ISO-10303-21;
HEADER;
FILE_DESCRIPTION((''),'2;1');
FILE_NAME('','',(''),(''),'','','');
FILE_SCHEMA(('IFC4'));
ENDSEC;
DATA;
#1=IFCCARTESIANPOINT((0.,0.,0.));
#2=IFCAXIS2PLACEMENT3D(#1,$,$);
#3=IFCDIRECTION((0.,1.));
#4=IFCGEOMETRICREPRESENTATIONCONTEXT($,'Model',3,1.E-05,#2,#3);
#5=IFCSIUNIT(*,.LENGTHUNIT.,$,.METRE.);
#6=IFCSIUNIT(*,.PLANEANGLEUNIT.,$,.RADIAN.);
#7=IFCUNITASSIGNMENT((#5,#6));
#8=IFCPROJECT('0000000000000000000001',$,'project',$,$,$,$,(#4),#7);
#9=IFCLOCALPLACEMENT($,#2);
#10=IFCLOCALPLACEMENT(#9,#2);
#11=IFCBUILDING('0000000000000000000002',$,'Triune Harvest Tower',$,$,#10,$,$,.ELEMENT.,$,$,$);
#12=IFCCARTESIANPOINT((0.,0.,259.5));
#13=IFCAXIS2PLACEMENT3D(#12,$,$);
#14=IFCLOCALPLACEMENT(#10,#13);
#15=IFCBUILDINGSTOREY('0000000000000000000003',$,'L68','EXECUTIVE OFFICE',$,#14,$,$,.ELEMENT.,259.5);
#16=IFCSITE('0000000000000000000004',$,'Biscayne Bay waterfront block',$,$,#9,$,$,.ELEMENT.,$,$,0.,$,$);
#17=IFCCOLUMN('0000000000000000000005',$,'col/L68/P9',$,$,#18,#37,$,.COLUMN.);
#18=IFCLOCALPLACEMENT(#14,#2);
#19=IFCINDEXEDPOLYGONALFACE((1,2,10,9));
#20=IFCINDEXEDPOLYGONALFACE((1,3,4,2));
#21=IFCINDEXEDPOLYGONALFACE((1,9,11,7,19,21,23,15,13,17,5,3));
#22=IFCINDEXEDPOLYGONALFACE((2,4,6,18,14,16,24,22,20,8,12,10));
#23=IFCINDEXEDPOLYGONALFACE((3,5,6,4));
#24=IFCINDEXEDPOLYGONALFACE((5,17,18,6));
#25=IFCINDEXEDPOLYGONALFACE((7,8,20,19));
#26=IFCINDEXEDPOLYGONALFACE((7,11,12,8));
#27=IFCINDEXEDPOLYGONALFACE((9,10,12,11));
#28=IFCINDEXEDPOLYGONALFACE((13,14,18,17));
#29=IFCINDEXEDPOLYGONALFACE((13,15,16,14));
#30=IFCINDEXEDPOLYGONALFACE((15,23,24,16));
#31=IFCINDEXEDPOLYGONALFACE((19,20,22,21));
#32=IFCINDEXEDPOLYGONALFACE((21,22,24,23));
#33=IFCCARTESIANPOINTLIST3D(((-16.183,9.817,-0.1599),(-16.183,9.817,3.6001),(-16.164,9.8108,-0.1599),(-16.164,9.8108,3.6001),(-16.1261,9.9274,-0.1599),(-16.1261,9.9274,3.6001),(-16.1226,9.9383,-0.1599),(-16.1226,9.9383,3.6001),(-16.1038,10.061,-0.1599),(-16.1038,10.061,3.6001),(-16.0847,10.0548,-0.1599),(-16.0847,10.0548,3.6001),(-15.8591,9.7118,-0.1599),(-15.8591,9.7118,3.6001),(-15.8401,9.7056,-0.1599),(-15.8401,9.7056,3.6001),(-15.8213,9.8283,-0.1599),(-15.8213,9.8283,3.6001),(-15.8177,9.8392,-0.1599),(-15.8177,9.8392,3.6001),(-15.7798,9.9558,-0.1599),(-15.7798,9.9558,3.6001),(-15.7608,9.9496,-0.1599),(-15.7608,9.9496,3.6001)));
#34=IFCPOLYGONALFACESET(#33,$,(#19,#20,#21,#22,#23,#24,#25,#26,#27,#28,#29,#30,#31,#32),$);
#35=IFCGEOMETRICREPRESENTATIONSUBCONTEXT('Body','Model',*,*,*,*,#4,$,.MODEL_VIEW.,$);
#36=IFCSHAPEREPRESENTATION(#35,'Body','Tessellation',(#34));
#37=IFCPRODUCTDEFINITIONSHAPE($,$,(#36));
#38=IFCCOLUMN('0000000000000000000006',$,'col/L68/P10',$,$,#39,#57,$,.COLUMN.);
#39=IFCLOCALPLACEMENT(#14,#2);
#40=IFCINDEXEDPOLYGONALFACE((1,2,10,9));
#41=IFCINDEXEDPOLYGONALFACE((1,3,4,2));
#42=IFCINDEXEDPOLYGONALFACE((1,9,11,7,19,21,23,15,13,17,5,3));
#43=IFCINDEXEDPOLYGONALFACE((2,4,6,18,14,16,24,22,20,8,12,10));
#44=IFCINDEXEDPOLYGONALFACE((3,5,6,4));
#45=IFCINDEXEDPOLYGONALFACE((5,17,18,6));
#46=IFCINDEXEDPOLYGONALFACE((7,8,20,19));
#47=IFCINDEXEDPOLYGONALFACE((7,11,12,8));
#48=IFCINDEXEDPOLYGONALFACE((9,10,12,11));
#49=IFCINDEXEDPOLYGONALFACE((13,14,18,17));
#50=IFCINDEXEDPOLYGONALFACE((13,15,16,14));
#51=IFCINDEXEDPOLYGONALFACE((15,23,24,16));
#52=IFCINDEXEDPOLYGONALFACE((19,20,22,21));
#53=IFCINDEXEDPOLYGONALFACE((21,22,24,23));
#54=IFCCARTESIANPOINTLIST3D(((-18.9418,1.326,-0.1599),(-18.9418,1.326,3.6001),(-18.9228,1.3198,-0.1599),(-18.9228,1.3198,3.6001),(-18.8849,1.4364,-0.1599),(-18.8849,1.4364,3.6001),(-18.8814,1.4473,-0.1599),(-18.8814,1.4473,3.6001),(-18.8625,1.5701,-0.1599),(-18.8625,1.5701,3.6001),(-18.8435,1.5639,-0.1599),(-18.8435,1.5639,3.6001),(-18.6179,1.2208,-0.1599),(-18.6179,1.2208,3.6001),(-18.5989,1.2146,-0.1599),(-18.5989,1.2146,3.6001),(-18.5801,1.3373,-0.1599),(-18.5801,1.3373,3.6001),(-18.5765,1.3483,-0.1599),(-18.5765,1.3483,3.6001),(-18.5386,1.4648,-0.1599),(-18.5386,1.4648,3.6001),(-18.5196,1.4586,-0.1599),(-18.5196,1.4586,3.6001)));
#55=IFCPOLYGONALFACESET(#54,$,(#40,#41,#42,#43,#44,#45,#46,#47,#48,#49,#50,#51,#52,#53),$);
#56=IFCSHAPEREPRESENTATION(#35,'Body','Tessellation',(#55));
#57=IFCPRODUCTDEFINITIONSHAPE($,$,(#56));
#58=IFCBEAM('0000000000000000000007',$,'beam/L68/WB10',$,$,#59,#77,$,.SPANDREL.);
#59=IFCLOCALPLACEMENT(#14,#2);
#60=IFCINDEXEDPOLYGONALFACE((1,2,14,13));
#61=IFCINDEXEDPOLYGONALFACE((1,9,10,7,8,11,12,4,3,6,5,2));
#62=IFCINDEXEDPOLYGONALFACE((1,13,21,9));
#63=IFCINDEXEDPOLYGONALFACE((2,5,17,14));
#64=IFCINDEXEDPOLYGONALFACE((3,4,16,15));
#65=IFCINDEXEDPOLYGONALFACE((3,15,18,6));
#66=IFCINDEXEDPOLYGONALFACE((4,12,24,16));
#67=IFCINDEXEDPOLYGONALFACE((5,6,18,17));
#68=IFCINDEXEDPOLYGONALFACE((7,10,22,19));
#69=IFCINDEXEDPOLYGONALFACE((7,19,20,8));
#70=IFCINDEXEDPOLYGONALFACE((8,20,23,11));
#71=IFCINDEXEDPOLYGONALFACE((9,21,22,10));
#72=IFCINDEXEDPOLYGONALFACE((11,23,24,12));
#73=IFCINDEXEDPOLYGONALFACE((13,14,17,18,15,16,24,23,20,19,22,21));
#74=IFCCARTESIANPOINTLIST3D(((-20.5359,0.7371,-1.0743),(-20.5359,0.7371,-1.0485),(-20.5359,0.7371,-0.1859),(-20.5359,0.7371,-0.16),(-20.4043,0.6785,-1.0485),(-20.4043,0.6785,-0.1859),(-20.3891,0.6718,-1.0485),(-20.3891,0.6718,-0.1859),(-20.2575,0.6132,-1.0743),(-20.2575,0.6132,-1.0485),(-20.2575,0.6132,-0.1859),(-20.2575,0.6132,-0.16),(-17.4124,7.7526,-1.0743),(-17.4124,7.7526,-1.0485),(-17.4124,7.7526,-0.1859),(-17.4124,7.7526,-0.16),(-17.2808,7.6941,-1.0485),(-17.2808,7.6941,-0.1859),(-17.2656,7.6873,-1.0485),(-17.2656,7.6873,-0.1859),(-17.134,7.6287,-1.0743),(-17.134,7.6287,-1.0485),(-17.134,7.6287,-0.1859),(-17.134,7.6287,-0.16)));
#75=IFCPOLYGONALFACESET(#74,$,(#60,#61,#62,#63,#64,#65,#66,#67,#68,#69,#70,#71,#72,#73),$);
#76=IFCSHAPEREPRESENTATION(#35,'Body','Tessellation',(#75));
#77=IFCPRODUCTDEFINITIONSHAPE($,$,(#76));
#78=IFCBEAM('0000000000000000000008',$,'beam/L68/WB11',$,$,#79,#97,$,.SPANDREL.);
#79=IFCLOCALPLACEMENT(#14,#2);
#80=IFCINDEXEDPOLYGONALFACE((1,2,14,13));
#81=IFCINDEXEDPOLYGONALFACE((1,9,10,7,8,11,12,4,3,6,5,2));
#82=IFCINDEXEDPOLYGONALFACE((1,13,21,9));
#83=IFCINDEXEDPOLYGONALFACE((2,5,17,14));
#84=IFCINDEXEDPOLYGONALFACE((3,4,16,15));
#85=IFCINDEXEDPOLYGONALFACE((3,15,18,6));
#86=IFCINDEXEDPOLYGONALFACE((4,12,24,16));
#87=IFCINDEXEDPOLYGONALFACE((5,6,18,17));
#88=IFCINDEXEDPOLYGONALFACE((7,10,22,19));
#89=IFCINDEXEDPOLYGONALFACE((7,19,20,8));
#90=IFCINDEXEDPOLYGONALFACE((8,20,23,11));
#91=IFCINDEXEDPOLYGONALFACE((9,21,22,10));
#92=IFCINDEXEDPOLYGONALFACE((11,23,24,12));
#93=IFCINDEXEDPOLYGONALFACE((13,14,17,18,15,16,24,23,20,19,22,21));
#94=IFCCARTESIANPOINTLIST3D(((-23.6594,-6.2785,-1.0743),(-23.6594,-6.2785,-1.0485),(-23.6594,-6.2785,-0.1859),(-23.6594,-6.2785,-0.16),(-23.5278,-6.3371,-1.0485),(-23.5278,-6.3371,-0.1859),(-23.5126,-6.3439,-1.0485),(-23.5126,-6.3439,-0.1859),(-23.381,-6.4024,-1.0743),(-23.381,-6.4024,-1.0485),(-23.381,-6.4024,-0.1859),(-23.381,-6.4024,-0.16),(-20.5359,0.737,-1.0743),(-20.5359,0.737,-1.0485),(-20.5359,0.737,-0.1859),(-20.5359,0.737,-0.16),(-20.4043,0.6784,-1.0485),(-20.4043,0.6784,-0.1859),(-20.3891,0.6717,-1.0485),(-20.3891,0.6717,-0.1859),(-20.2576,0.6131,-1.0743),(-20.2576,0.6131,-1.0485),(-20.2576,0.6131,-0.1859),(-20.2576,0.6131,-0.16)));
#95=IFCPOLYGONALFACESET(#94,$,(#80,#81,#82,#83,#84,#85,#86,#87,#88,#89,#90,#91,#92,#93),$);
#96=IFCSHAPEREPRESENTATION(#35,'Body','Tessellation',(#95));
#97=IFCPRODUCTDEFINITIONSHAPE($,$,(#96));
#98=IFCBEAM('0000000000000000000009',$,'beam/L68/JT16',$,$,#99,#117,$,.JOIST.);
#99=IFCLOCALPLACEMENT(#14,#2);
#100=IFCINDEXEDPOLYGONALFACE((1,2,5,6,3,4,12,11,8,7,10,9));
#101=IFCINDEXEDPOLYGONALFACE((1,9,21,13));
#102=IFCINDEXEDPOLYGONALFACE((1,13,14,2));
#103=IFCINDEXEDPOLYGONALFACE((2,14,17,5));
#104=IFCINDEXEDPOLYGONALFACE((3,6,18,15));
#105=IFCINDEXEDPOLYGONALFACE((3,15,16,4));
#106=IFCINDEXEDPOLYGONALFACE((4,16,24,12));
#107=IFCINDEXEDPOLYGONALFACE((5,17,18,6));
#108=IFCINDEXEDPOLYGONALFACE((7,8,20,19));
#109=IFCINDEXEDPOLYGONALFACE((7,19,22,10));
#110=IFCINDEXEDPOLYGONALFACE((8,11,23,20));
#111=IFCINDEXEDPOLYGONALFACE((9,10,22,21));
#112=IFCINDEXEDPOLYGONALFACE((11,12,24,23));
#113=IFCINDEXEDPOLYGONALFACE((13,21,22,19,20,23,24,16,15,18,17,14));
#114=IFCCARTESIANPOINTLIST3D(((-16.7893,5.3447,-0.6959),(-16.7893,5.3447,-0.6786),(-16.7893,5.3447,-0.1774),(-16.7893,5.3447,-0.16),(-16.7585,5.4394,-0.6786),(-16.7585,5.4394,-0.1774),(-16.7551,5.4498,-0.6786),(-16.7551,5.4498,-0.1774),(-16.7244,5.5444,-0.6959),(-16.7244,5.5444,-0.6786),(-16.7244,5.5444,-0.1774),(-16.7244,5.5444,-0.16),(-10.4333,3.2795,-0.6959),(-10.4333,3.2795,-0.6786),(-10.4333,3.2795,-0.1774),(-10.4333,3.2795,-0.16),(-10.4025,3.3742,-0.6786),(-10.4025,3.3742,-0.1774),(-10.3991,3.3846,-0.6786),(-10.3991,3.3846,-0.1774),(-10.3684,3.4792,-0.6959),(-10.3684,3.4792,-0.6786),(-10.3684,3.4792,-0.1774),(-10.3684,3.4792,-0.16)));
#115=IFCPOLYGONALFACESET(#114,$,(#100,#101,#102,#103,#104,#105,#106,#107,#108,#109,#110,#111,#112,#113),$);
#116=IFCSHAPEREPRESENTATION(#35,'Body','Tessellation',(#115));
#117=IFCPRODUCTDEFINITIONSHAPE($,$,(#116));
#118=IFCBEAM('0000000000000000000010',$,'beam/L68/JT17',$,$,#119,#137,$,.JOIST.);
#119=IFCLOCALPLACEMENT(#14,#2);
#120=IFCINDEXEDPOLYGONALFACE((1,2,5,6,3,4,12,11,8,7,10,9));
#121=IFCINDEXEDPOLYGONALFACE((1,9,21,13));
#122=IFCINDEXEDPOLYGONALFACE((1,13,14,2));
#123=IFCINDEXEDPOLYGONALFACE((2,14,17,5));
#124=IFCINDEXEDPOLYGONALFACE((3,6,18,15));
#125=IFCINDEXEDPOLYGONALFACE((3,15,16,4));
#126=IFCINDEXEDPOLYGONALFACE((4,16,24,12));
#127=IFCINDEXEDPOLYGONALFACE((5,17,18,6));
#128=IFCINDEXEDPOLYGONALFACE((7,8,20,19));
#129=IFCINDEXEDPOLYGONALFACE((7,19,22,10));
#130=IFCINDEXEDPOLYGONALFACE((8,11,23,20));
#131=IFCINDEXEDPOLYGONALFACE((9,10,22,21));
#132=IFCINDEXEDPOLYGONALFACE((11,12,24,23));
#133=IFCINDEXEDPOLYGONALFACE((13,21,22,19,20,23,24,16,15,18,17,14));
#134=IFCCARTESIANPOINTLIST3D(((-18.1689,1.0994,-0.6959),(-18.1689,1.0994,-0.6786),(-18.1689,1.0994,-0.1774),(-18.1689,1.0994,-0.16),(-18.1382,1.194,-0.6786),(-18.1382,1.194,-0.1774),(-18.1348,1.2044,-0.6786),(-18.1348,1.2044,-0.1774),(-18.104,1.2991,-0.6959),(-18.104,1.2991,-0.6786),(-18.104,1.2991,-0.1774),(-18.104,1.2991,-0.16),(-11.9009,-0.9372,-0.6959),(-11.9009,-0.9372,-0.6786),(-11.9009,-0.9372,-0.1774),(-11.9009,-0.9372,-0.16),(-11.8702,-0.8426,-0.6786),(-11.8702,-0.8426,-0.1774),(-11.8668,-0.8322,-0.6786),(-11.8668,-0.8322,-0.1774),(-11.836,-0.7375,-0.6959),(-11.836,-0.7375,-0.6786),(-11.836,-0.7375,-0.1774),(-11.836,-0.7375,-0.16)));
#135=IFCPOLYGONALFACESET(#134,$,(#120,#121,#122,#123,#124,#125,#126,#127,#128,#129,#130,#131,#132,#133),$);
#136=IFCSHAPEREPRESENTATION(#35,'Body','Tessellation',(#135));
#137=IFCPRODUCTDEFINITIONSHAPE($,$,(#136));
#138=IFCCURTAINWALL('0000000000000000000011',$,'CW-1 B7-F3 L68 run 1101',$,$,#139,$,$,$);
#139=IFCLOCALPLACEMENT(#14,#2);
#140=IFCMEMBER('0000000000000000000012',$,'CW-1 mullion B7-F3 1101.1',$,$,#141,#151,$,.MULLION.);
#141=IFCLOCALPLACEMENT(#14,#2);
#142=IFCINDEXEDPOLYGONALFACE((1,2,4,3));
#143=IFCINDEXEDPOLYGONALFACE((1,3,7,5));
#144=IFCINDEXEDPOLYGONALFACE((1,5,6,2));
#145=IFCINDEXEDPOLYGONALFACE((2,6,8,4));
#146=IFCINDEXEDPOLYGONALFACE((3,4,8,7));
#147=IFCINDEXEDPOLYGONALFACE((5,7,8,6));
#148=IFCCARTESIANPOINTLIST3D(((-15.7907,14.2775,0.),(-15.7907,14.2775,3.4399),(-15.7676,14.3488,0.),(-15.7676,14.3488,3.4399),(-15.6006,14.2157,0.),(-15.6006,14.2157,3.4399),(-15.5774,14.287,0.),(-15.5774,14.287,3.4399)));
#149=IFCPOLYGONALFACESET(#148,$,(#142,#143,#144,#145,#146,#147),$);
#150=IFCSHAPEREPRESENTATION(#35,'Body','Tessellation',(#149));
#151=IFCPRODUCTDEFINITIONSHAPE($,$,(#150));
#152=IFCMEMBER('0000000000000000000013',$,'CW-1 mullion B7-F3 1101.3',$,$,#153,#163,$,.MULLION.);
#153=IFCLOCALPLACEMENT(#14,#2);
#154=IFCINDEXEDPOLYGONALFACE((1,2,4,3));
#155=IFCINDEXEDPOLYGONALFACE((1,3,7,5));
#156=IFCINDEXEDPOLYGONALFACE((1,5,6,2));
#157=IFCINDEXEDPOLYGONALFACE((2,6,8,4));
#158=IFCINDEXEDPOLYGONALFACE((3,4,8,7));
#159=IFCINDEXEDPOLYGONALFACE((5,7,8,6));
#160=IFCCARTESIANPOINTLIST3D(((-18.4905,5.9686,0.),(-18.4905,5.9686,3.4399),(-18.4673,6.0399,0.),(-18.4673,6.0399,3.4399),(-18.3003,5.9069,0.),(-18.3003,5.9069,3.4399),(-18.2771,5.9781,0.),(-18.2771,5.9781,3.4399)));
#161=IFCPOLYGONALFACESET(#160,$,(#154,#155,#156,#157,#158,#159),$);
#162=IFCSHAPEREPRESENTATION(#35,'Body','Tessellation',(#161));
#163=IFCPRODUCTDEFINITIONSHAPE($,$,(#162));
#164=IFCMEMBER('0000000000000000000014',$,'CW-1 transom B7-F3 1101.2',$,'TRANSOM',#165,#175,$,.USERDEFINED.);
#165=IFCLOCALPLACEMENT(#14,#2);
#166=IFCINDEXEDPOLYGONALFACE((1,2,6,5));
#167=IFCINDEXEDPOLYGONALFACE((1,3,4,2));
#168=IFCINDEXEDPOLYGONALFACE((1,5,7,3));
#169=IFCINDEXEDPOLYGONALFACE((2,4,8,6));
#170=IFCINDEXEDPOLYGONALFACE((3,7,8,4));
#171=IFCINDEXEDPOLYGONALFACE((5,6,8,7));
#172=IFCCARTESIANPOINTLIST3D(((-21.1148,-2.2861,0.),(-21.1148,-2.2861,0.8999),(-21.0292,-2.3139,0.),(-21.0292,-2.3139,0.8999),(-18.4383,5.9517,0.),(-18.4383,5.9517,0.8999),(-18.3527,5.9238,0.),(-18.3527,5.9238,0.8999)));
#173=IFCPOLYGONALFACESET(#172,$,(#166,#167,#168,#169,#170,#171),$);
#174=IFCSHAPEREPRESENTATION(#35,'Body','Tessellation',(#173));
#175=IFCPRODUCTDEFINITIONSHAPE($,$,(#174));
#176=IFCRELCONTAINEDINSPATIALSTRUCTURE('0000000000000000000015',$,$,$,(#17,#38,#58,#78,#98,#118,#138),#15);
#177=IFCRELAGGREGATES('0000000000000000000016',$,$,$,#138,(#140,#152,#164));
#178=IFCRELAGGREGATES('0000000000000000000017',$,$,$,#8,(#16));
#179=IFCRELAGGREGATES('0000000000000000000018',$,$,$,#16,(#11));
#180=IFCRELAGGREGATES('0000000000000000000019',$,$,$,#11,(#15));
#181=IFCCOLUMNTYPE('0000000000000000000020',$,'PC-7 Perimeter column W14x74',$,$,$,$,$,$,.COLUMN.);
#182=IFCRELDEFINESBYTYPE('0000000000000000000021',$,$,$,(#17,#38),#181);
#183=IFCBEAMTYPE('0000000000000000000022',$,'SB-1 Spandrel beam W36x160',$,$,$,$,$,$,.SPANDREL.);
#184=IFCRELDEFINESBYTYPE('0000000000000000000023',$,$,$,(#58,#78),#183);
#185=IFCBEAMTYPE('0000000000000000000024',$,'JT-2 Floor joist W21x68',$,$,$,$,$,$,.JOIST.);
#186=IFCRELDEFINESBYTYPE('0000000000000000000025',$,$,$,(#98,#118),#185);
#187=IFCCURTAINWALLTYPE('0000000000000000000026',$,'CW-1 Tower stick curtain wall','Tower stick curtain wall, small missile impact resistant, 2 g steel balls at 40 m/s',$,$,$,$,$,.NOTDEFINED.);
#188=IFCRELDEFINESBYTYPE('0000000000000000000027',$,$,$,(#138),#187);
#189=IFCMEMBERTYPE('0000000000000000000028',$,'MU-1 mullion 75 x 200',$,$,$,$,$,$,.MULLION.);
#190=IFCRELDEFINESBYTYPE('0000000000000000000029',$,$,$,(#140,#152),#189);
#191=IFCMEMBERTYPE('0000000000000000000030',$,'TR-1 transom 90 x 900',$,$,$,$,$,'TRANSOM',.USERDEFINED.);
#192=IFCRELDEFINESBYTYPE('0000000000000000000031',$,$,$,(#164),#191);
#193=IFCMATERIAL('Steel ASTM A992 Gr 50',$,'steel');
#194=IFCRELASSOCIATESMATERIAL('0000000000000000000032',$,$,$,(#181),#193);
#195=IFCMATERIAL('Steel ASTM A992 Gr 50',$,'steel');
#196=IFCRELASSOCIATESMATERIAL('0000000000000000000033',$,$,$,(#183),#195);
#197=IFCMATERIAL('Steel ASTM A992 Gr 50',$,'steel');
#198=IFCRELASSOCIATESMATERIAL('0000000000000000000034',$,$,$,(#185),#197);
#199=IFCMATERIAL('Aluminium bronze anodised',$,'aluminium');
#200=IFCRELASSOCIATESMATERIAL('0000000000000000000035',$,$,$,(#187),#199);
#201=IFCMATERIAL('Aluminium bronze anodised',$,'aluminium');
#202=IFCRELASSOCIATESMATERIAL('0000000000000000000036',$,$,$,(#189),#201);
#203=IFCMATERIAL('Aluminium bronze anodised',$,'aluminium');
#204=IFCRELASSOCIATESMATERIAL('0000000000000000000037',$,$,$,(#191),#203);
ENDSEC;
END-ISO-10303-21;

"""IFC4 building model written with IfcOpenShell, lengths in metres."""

from ifc_helpers import new_model, si_unit, direction, frame, origin, origin_2d, place, context, subcontext, project, spatial, rectangle, i_section, extrude, source, transform, mapped, material, material_profile, profile_set, type_object, element, aggregate, save


model = new_model("IFC4")

# Units and contexts
model_context = context("Model", 3, precision=1e-05, world=origin(), true_north=direction((0.0, 1.0)))
body_context = subcontext(model_context, "Body", "Model", "MODEL_VIEW")
ifc_project = project(units=[si_unit("LENGTHUNIT", "METRE"), si_unit("PLANEANGLEUNIT", "RADIAN")], contexts=[model_context])

# Site, building, storey
site_placement = place(None, origin())
site = spatial("IfcSite", under=ifc_project, at=site_placement, Name="Biscayne Bay waterfront block", CompositionType="ELEMENT", RefElevation=0.0)
building_placement = place(site_placement, origin())
building = spatial("IfcBuilding", under=site, at=building_placement, Name="Triune Harvest Tower", CompositionType="ELEMENT")
storey_placement = place(building_placement, frame((0.0, 0.0, 259.5)))
storey = spatial("IfcBuildingStorey", under=building, at=storey_placement, Name="L68", Description="EXECUTIVE OFFICE", CompositionType="ELEMENT", Elevation=259.5)

# Columns
ifc_material_1 = material(Name="Steel ASTM A992 Gr 50", Category="steel")
ifc_material_profile_1 = material_profile(ifc_material_1, i_section(OverallWidth=0.2566, OverallDepth=0.3606, WebThickness=0.0115, FlangeThickness=0.02, at=origin_2d()), Name="W14x74")
ifc_profile_set_1 = profile_set([ifc_material_profile_1], Name="Steel ASTM A992 Gr 50")
column_type = type_object("IfcColumnType", Name="PC-7 Perimeter column W14x74", PredefinedType="COLUMN", material=ifc_profile_set_1)
shared_shape_1 = source(origin(), body_context, "Body", "SweptSolid", [
    extrude(i_section(OverallWidth=0.2566, OverallDepth=0.3606, WebThickness=0.0115, FlangeThickness=0.02, at=origin_2d()), origin(), (0.0, 0.0, 1.0), 3.76),
])
for number, where, z_axis, x_axis, name in (
    (1, (-15.9719, 9.8833, -0.1599), (0.0, 0.0, 1.0), (-0.309015, -0.951057, 0.0), "col/L68/P9"),
    (2, (-18.7307, 1.3923, -0.1599), (0.0, 0.0, 1.0), (-0.309015, -0.951057, 0.0), "col/L68/P10"),
):
    element("IfcColumn", number, at=place(storey_placement, frame(where, z_axis=z_axis, x_axis=x_axis)), inside=storey, type_object=column_type, Name=name, PredefinedType="COLUMN", context=body_context, shape_type="MappedRepresentation", body=[
        mapped(shared_shape_1, transform((0.0, 0.0, 0.0), scale=1.0)),
    ])

# Beams
ifc_material_2 = material(Name="Steel ASTM A992 Gr 50", Category="steel")
ifc_material_profile_2 = material_profile(ifc_material_2, i_section(OverallWidth=0.3047, OverallDepth=0.9143, WebThickness=0.0166, FlangeThickness=0.0259, at=origin_2d()), Name="W36x160")
ifc_profile_set_2 = profile_set([ifc_material_profile_2], Name="Steel ASTM A992 Gr 50")
beam_type_1 = type_object("IfcBeamType", Name="SB-1 Spandrel beam W36x160", PredefinedType="SPANDREL", material=ifc_profile_set_2)
shared_shape_2 = source(origin(), body_context, "Body", "SweptSolid", [
    extrude(i_section(OverallWidth=0.3047, OverallDepth=0.9143, WebThickness=0.0166, FlangeThickness=0.0259, at=origin_2d()), origin(), (0.0, 0.0, 1.0), 7.6794),
])
for number, where, z_axis, x_axis, name in (
    (3, (-17.2732, 7.6907, -0.6172), (-0.406734, -0.913547, 0.0), (0.913547, -0.406734, 0.0), "beam/L68/WB10"),
    (4, (-20.3967, 0.675, -0.6172), (-0.406734, -0.913547, 0.0), (0.913547, -0.406734, 0.0), "beam/L68/WB11"),
):
    element("IfcBeam", number, at=place(storey_placement, frame(where, z_axis=z_axis, x_axis=x_axis)), inside=storey, type_object=beam_type_1, Name=name, PredefinedType="SPANDREL", context=body_context, shape_type="MappedRepresentation", body=[
        mapped(shared_shape_2, transform((0.0, 0.0, 0.0), scale=1.0)),
    ])
ifc_material_3 = material(Name="Steel ASTM A992 Gr 50", Category="steel")
ifc_material_profile_3 = material_profile(ifc_material_3, i_section(OverallWidth=0.21, OverallDepth=0.5359, WebThickness=0.011, FlangeThickness=0.0173, at=origin_2d()), Name="W21x68")
ifc_profile_set_3 = profile_set([ifc_material_profile_3], Name="Steel ASTM A992 Gr 50")
beam_type_2 = type_object("IfcBeamType", Name="JT-2 Floor joist W21x68", PredefinedType="JOIST", material=ifc_profile_set_3)
shared_shape_3 = source(origin(), body_context, "Body", "SweptSolid", [
    extrude(i_section(OverallWidth=0.21, OverallDepth=0.5359, WebThickness=0.011, FlangeThickness=0.0173, at=origin_2d()), origin(), (0.0, 0.0, 1.0), 6.6831),
])
beam_1_placement = place(storey_placement, frame((-16.7568, 5.4446, -0.428), z_axis=(0.951056, -0.309018, 0.0), x_axis=(0.309018, 0.951056, 0.0)))
element("IfcBeam", 5, at=beam_1_placement, inside=storey, type_object=beam_type_2, Name="beam/L68/JT16", PredefinedType="JOIST", context=body_context, shape_type="MappedRepresentation", body=[
    mapped(shared_shape_3, transform((0.0, 0.0, 0.0), scale=1.0)),
])
shared_shape_4 = source(origin(), body_context, "Body", "SweptSolid", [
    extrude(i_section(OverallWidth=0.21, OverallDepth=0.5359, WebThickness=0.011, FlangeThickness=0.0173, at=origin_2d()), origin(), (0.0, 0.0, 1.0), 6.5906),
])
beam_2_placement = place(storey_placement, frame((-18.1365, 1.1992, -0.428), z_axis=(0.951056, -0.309017, 0.0), x_axis=(0.309017, 0.951056, 0.0)))
element("IfcBeam", 6, at=beam_2_placement, inside=storey, type_object=beam_type_2, Name="beam/L68/JT17", PredefinedType="JOIST", context=body_context, shape_type="MappedRepresentation", body=[
    mapped(shared_shape_4, transform((0.0, 0.0, 0.0), scale=1.0)),
])

# Curtain wall, members
ifc_material_4 = material(Name="Aluminium bronze anodised", Category="aluminium")
curtain_wall_type = type_object("IfcCurtainWallType", Name="CW-1 Tower stick curtain wall", Description="Tower stick curtain wall, small missile impact resistant, 2 g steel balls at 40 m/s", PredefinedType="NOTDEFINED", material=ifc_material_4)
curtain_wall_placement = place(storey_placement, origin())
curtain_wall = element("IfcCurtainWall", 7, at=curtain_wall_placement, inside=storey, type_object=curtain_wall_type, Name="CW-1 B7-F3 L68 run 1101")
ifc_material_5 = material(Name="Aluminium bronze anodised", Category="aluminium")
ifc_material_profile_4 = material_profile(ifc_material_5, rectangle(XDim=0.2, YDim=0.075, at=origin_2d()), Name="MU-1 mullion 75 x 200")
ifc_profile_set_4 = profile_set([ifc_material_profile_4], Name="Aluminium bronze anodised")
member_type_1 = type_object("IfcMemberType", Name="MU-1 mullion 75 x 200", PredefinedType="MULLION", material=ifc_profile_set_4)
shared_shape_5 = source(origin(), body_context, "Body", "SweptSolid", [
    extrude(rectangle(XDim=0.2, YDim=0.075, at=origin_2d()), origin(), (0.0, 0.0, 1.0), 3.4399),
])
member_1_placement = place(storey_placement, frame((-15.6841, 14.2822, 0.0), z_axis=(0.0, 0.0, 1.0), x_axis=(0.951057, -0.309014, 0.0)))
member_1 = element("IfcMember", 8, at=member_1_placement, type_object=member_type_1, Name="CW-1 mullion B7-F3 1101.1", PredefinedType="MULLION", context=body_context, shape_type="MappedRepresentation", body=[
    mapped(shared_shape_5, transform((0.0, 0.0, 0.0), scale=1.0)),
])
member_2_placement = place(storey_placement, frame((-18.3838, 5.9734, 0.0), z_axis=(0.0, 0.0, 1.0), x_axis=(0.951057, -0.309014, 0.0)))
member_2 = element("IfcMember", 9, at=member_2_placement, type_object=member_type_1, Name="CW-1 mullion B7-F3 1101.3", PredefinedType="MULLION", context=body_context, shape_type="MappedRepresentation", body=[
    mapped(shared_shape_5, transform((0.0, 0.0, 0.0), scale=1.0)),
])
ifc_material_6 = material(Name="Aluminium bronze anodised", Category="aluminium")
ifc_material_profile_5 = material_profile(ifc_material_6, rectangle(XDim=0.0901, YDim=0.8999, at=origin_2d()), Name="TR-1 transom 90 x 900")
ifc_profile_set_5 = profile_set([ifc_material_profile_5], Name="Aluminium bronze anodised")
member_type_2 = type_object("IfcMemberType", Name="TR-1 transom 90 x 900", ElementType="TRANSOM", PredefinedType="USERDEFINED", material=ifc_profile_set_5)
shared_shape_6 = source(origin(), body_context, "Body", "SweptSolid", [
    extrude(rectangle(XDim=0.0901, YDim=0.8999, at=origin_2d()), origin(), (0.0, 0.0, 1.0), 8.6616),
])
member_3_placement = place(storey_placement, frame((-18.3955, 5.9377, 0.45), z_axis=(-0.309006, -0.95106, 0.0), x_axis=(0.95106, -0.309006, 0.0)))
member_3 = element("IfcMember", 10, at=member_3_placement, type_object=member_type_2, Name="CW-1 transom B7-F3 1101.2", ObjectType="TRANSOM", PredefinedType="USERDEFINED", context=body_context, shape_type="MappedRepresentation", body=[
    mapped(shared_shape_6, transform((0.0, 0.0, 0.0), scale=1.0)),
])
aggregate(curtain_wall, [member_1, member_2, member_3])

save(model, "model.ifc")
